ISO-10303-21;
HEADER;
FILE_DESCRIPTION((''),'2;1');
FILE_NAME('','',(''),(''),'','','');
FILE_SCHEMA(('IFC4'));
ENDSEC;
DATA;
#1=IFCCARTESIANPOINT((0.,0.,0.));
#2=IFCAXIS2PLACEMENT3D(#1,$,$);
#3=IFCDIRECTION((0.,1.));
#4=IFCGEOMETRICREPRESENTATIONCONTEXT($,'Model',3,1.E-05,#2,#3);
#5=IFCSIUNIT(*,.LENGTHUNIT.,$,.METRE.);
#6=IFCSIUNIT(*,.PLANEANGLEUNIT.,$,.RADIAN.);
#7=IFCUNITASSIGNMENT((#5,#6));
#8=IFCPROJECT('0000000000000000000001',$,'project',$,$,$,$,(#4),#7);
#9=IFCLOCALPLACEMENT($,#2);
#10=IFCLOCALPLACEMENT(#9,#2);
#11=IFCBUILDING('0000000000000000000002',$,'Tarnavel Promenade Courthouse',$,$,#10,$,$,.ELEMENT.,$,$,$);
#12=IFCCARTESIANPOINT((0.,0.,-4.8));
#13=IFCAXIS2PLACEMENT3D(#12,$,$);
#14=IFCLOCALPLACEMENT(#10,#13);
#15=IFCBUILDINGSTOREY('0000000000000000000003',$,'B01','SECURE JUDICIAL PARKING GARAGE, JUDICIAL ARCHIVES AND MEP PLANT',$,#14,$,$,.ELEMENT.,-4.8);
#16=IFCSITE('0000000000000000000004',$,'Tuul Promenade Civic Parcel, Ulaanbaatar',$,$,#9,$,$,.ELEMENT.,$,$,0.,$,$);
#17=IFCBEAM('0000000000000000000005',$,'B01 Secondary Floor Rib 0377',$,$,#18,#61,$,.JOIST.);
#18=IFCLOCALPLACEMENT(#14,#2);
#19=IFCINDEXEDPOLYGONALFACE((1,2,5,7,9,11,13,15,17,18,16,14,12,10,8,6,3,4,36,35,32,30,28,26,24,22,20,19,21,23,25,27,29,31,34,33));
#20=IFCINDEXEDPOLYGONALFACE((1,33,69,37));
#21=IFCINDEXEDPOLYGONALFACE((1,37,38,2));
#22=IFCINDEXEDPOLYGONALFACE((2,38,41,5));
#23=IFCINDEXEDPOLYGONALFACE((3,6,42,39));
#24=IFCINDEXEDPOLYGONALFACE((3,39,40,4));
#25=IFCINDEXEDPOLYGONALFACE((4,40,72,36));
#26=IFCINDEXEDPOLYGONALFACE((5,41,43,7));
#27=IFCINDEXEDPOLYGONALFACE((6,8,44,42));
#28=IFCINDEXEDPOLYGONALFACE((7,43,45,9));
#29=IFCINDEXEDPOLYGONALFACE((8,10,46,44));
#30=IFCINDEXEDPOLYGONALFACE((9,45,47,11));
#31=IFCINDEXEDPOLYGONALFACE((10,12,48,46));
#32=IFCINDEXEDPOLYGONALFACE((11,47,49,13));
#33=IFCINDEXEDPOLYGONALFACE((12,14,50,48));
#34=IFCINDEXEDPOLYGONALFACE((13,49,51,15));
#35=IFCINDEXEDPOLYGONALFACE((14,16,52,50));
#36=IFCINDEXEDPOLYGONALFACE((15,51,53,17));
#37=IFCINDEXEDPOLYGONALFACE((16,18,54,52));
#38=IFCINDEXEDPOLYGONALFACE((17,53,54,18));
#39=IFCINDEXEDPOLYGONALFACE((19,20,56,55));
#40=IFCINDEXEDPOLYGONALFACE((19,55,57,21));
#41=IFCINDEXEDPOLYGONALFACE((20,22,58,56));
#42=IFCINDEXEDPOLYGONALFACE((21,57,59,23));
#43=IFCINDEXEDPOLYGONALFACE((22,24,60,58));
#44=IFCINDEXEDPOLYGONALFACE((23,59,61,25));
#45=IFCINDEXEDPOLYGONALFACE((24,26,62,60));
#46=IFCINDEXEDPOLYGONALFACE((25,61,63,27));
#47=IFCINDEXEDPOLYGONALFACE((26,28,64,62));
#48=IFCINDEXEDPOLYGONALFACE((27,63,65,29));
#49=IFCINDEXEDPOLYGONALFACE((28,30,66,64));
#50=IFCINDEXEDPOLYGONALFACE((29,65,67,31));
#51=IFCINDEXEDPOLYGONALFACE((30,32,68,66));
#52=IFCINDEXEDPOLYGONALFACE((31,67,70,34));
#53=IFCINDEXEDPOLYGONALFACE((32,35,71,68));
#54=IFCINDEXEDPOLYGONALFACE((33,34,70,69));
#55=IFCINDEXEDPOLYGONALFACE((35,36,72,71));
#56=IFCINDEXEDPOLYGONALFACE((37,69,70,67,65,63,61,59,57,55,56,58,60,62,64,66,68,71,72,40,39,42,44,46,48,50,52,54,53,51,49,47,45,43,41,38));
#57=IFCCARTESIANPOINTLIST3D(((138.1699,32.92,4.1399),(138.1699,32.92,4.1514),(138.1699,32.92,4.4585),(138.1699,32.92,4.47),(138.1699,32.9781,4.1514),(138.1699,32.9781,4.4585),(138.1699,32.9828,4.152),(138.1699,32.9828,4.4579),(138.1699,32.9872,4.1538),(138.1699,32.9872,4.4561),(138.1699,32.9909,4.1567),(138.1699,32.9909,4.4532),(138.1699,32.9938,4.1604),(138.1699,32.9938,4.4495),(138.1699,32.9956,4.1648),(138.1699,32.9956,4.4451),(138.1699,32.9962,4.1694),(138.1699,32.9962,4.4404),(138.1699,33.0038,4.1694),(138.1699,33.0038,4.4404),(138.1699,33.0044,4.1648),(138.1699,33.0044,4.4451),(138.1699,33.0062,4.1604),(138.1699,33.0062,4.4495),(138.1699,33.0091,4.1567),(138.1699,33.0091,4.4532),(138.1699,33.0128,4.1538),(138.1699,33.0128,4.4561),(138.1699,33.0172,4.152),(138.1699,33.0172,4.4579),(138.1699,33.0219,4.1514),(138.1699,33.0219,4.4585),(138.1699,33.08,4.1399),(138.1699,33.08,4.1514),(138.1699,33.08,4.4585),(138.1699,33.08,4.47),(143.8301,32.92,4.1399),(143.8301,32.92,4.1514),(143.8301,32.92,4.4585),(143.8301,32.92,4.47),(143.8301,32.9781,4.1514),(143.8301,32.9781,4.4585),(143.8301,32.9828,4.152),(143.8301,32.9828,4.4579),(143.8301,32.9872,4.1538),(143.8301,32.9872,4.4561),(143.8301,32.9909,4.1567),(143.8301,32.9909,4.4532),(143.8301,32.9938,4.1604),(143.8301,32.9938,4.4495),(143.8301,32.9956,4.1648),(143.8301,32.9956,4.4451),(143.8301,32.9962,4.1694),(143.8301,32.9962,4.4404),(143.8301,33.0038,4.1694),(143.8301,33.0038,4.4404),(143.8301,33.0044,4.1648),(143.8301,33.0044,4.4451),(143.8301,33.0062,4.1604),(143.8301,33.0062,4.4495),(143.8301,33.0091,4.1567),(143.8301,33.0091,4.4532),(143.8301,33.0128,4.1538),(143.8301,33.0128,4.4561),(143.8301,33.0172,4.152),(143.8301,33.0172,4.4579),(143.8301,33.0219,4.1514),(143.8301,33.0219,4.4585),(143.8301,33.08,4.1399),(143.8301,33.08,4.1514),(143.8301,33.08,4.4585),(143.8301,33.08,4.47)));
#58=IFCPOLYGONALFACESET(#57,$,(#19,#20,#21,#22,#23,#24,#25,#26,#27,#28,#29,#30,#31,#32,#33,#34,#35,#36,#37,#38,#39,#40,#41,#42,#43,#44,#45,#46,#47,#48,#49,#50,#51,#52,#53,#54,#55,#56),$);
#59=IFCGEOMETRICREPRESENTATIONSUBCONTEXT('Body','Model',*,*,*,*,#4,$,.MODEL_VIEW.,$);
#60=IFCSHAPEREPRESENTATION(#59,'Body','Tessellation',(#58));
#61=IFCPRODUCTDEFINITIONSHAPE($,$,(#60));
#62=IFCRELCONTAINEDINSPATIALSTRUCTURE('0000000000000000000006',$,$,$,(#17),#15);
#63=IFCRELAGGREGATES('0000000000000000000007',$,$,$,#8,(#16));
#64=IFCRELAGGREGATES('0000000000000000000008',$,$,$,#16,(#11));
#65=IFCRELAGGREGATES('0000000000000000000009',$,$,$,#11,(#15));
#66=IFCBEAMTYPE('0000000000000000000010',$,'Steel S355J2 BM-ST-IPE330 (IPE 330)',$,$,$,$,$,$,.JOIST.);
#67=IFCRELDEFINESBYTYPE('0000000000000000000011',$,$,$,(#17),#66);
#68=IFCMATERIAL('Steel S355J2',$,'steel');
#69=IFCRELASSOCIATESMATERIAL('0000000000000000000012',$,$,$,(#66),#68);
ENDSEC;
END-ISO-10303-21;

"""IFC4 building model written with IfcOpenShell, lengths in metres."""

from ifc_helpers import new_model, si_unit, direction, frame, origin, origin_2d, place, context, subcontext, project, spatial, i_section, extrude, material, material_profile, profile_set, type_object, element, save


model = new_model("IFC4")

# Units and contexts
model_context = context("Model", 3, precision=1e-05, world=origin(), true_north=direction((0.0, 1.0)))
body_context = subcontext(model_context, "Body", "Model", "MODEL_VIEW")
ifc_project = project(units=[si_unit("LENGTHUNIT", "METRE"), si_unit("PLANEANGLEUNIT", "RADIAN")], contexts=[model_context])

# Site, building, storey
site_placement = place(None, origin())
site = spatial("IfcSite", under=ifc_project, at=site_placement, Name="Tuul Promenade Civic Parcel, Ulaanbaatar", CompositionType="ELEMENT", RefElevation=0.0)
building_placement = place(site_placement, origin())
building = spatial("IfcBuilding", under=site, at=building_placement, Name="Tarnavel Promenade Courthouse", CompositionType="ELEMENT")
storey_placement = place(building_placement, frame((0.0, 0.0, -4.8)))
storey = spatial("IfcBuildingStorey", under=building, at=storey_placement, Name="B01", Description="SECURE JUDICIAL PARKING GARAGE, JUDICIAL ARCHIVES AND MEP PLANT", CompositionType="ELEMENT", Elevation=-4.8)

# Beam
ifc_material_1 = material(Name="Steel S355J2", Category="steel")
ifc_material_profile_1 = material_profile(ifc_material_1, i_section(OverallWidth=0.1599, OverallDepth=0.3301, WebThickness=0.0076, FlangeThickness=0.0115, FilletRadius=0.0181, at=origin_2d()), Name="IPE 330")
ifc_profile_set_1 = profile_set([ifc_material_profile_1], Name="Steel S355J2")
beam_type_1 = type_object("IfcBeamType", Name="Steel S355J2 BM-ST-IPE330 (IPE 330)", PredefinedType="JOIST", material=ifc_profile_set_1)
for number, where, z_axis, x_axis, name in (
    (1, (138.1699, 33.0, 4.3049), (1.0, 0.0, 0.0), (0.0, 1.0, 0.0), "B01 Secondary Floor Rib 0377"),
):
    element("IfcBeam", number, at=place(storey_placement, frame(where, z_axis=z_axis, x_axis=x_axis)), inside=storey, type_object=beam_type_1, Name=name, PredefinedType="JOIST", context=body_context, shape_type="SweptSolid", body=[
        extrude(i_section(OverallWidth=0.1599, OverallDepth=0.3301, WebThickness=0.0076, FlangeThickness=0.0115, FilletRadius=0.0181, at=origin_2d()), origin(), (0.0, 0.0, 1.0), 5.6602),
    ])

save(model, "model.ifc")
